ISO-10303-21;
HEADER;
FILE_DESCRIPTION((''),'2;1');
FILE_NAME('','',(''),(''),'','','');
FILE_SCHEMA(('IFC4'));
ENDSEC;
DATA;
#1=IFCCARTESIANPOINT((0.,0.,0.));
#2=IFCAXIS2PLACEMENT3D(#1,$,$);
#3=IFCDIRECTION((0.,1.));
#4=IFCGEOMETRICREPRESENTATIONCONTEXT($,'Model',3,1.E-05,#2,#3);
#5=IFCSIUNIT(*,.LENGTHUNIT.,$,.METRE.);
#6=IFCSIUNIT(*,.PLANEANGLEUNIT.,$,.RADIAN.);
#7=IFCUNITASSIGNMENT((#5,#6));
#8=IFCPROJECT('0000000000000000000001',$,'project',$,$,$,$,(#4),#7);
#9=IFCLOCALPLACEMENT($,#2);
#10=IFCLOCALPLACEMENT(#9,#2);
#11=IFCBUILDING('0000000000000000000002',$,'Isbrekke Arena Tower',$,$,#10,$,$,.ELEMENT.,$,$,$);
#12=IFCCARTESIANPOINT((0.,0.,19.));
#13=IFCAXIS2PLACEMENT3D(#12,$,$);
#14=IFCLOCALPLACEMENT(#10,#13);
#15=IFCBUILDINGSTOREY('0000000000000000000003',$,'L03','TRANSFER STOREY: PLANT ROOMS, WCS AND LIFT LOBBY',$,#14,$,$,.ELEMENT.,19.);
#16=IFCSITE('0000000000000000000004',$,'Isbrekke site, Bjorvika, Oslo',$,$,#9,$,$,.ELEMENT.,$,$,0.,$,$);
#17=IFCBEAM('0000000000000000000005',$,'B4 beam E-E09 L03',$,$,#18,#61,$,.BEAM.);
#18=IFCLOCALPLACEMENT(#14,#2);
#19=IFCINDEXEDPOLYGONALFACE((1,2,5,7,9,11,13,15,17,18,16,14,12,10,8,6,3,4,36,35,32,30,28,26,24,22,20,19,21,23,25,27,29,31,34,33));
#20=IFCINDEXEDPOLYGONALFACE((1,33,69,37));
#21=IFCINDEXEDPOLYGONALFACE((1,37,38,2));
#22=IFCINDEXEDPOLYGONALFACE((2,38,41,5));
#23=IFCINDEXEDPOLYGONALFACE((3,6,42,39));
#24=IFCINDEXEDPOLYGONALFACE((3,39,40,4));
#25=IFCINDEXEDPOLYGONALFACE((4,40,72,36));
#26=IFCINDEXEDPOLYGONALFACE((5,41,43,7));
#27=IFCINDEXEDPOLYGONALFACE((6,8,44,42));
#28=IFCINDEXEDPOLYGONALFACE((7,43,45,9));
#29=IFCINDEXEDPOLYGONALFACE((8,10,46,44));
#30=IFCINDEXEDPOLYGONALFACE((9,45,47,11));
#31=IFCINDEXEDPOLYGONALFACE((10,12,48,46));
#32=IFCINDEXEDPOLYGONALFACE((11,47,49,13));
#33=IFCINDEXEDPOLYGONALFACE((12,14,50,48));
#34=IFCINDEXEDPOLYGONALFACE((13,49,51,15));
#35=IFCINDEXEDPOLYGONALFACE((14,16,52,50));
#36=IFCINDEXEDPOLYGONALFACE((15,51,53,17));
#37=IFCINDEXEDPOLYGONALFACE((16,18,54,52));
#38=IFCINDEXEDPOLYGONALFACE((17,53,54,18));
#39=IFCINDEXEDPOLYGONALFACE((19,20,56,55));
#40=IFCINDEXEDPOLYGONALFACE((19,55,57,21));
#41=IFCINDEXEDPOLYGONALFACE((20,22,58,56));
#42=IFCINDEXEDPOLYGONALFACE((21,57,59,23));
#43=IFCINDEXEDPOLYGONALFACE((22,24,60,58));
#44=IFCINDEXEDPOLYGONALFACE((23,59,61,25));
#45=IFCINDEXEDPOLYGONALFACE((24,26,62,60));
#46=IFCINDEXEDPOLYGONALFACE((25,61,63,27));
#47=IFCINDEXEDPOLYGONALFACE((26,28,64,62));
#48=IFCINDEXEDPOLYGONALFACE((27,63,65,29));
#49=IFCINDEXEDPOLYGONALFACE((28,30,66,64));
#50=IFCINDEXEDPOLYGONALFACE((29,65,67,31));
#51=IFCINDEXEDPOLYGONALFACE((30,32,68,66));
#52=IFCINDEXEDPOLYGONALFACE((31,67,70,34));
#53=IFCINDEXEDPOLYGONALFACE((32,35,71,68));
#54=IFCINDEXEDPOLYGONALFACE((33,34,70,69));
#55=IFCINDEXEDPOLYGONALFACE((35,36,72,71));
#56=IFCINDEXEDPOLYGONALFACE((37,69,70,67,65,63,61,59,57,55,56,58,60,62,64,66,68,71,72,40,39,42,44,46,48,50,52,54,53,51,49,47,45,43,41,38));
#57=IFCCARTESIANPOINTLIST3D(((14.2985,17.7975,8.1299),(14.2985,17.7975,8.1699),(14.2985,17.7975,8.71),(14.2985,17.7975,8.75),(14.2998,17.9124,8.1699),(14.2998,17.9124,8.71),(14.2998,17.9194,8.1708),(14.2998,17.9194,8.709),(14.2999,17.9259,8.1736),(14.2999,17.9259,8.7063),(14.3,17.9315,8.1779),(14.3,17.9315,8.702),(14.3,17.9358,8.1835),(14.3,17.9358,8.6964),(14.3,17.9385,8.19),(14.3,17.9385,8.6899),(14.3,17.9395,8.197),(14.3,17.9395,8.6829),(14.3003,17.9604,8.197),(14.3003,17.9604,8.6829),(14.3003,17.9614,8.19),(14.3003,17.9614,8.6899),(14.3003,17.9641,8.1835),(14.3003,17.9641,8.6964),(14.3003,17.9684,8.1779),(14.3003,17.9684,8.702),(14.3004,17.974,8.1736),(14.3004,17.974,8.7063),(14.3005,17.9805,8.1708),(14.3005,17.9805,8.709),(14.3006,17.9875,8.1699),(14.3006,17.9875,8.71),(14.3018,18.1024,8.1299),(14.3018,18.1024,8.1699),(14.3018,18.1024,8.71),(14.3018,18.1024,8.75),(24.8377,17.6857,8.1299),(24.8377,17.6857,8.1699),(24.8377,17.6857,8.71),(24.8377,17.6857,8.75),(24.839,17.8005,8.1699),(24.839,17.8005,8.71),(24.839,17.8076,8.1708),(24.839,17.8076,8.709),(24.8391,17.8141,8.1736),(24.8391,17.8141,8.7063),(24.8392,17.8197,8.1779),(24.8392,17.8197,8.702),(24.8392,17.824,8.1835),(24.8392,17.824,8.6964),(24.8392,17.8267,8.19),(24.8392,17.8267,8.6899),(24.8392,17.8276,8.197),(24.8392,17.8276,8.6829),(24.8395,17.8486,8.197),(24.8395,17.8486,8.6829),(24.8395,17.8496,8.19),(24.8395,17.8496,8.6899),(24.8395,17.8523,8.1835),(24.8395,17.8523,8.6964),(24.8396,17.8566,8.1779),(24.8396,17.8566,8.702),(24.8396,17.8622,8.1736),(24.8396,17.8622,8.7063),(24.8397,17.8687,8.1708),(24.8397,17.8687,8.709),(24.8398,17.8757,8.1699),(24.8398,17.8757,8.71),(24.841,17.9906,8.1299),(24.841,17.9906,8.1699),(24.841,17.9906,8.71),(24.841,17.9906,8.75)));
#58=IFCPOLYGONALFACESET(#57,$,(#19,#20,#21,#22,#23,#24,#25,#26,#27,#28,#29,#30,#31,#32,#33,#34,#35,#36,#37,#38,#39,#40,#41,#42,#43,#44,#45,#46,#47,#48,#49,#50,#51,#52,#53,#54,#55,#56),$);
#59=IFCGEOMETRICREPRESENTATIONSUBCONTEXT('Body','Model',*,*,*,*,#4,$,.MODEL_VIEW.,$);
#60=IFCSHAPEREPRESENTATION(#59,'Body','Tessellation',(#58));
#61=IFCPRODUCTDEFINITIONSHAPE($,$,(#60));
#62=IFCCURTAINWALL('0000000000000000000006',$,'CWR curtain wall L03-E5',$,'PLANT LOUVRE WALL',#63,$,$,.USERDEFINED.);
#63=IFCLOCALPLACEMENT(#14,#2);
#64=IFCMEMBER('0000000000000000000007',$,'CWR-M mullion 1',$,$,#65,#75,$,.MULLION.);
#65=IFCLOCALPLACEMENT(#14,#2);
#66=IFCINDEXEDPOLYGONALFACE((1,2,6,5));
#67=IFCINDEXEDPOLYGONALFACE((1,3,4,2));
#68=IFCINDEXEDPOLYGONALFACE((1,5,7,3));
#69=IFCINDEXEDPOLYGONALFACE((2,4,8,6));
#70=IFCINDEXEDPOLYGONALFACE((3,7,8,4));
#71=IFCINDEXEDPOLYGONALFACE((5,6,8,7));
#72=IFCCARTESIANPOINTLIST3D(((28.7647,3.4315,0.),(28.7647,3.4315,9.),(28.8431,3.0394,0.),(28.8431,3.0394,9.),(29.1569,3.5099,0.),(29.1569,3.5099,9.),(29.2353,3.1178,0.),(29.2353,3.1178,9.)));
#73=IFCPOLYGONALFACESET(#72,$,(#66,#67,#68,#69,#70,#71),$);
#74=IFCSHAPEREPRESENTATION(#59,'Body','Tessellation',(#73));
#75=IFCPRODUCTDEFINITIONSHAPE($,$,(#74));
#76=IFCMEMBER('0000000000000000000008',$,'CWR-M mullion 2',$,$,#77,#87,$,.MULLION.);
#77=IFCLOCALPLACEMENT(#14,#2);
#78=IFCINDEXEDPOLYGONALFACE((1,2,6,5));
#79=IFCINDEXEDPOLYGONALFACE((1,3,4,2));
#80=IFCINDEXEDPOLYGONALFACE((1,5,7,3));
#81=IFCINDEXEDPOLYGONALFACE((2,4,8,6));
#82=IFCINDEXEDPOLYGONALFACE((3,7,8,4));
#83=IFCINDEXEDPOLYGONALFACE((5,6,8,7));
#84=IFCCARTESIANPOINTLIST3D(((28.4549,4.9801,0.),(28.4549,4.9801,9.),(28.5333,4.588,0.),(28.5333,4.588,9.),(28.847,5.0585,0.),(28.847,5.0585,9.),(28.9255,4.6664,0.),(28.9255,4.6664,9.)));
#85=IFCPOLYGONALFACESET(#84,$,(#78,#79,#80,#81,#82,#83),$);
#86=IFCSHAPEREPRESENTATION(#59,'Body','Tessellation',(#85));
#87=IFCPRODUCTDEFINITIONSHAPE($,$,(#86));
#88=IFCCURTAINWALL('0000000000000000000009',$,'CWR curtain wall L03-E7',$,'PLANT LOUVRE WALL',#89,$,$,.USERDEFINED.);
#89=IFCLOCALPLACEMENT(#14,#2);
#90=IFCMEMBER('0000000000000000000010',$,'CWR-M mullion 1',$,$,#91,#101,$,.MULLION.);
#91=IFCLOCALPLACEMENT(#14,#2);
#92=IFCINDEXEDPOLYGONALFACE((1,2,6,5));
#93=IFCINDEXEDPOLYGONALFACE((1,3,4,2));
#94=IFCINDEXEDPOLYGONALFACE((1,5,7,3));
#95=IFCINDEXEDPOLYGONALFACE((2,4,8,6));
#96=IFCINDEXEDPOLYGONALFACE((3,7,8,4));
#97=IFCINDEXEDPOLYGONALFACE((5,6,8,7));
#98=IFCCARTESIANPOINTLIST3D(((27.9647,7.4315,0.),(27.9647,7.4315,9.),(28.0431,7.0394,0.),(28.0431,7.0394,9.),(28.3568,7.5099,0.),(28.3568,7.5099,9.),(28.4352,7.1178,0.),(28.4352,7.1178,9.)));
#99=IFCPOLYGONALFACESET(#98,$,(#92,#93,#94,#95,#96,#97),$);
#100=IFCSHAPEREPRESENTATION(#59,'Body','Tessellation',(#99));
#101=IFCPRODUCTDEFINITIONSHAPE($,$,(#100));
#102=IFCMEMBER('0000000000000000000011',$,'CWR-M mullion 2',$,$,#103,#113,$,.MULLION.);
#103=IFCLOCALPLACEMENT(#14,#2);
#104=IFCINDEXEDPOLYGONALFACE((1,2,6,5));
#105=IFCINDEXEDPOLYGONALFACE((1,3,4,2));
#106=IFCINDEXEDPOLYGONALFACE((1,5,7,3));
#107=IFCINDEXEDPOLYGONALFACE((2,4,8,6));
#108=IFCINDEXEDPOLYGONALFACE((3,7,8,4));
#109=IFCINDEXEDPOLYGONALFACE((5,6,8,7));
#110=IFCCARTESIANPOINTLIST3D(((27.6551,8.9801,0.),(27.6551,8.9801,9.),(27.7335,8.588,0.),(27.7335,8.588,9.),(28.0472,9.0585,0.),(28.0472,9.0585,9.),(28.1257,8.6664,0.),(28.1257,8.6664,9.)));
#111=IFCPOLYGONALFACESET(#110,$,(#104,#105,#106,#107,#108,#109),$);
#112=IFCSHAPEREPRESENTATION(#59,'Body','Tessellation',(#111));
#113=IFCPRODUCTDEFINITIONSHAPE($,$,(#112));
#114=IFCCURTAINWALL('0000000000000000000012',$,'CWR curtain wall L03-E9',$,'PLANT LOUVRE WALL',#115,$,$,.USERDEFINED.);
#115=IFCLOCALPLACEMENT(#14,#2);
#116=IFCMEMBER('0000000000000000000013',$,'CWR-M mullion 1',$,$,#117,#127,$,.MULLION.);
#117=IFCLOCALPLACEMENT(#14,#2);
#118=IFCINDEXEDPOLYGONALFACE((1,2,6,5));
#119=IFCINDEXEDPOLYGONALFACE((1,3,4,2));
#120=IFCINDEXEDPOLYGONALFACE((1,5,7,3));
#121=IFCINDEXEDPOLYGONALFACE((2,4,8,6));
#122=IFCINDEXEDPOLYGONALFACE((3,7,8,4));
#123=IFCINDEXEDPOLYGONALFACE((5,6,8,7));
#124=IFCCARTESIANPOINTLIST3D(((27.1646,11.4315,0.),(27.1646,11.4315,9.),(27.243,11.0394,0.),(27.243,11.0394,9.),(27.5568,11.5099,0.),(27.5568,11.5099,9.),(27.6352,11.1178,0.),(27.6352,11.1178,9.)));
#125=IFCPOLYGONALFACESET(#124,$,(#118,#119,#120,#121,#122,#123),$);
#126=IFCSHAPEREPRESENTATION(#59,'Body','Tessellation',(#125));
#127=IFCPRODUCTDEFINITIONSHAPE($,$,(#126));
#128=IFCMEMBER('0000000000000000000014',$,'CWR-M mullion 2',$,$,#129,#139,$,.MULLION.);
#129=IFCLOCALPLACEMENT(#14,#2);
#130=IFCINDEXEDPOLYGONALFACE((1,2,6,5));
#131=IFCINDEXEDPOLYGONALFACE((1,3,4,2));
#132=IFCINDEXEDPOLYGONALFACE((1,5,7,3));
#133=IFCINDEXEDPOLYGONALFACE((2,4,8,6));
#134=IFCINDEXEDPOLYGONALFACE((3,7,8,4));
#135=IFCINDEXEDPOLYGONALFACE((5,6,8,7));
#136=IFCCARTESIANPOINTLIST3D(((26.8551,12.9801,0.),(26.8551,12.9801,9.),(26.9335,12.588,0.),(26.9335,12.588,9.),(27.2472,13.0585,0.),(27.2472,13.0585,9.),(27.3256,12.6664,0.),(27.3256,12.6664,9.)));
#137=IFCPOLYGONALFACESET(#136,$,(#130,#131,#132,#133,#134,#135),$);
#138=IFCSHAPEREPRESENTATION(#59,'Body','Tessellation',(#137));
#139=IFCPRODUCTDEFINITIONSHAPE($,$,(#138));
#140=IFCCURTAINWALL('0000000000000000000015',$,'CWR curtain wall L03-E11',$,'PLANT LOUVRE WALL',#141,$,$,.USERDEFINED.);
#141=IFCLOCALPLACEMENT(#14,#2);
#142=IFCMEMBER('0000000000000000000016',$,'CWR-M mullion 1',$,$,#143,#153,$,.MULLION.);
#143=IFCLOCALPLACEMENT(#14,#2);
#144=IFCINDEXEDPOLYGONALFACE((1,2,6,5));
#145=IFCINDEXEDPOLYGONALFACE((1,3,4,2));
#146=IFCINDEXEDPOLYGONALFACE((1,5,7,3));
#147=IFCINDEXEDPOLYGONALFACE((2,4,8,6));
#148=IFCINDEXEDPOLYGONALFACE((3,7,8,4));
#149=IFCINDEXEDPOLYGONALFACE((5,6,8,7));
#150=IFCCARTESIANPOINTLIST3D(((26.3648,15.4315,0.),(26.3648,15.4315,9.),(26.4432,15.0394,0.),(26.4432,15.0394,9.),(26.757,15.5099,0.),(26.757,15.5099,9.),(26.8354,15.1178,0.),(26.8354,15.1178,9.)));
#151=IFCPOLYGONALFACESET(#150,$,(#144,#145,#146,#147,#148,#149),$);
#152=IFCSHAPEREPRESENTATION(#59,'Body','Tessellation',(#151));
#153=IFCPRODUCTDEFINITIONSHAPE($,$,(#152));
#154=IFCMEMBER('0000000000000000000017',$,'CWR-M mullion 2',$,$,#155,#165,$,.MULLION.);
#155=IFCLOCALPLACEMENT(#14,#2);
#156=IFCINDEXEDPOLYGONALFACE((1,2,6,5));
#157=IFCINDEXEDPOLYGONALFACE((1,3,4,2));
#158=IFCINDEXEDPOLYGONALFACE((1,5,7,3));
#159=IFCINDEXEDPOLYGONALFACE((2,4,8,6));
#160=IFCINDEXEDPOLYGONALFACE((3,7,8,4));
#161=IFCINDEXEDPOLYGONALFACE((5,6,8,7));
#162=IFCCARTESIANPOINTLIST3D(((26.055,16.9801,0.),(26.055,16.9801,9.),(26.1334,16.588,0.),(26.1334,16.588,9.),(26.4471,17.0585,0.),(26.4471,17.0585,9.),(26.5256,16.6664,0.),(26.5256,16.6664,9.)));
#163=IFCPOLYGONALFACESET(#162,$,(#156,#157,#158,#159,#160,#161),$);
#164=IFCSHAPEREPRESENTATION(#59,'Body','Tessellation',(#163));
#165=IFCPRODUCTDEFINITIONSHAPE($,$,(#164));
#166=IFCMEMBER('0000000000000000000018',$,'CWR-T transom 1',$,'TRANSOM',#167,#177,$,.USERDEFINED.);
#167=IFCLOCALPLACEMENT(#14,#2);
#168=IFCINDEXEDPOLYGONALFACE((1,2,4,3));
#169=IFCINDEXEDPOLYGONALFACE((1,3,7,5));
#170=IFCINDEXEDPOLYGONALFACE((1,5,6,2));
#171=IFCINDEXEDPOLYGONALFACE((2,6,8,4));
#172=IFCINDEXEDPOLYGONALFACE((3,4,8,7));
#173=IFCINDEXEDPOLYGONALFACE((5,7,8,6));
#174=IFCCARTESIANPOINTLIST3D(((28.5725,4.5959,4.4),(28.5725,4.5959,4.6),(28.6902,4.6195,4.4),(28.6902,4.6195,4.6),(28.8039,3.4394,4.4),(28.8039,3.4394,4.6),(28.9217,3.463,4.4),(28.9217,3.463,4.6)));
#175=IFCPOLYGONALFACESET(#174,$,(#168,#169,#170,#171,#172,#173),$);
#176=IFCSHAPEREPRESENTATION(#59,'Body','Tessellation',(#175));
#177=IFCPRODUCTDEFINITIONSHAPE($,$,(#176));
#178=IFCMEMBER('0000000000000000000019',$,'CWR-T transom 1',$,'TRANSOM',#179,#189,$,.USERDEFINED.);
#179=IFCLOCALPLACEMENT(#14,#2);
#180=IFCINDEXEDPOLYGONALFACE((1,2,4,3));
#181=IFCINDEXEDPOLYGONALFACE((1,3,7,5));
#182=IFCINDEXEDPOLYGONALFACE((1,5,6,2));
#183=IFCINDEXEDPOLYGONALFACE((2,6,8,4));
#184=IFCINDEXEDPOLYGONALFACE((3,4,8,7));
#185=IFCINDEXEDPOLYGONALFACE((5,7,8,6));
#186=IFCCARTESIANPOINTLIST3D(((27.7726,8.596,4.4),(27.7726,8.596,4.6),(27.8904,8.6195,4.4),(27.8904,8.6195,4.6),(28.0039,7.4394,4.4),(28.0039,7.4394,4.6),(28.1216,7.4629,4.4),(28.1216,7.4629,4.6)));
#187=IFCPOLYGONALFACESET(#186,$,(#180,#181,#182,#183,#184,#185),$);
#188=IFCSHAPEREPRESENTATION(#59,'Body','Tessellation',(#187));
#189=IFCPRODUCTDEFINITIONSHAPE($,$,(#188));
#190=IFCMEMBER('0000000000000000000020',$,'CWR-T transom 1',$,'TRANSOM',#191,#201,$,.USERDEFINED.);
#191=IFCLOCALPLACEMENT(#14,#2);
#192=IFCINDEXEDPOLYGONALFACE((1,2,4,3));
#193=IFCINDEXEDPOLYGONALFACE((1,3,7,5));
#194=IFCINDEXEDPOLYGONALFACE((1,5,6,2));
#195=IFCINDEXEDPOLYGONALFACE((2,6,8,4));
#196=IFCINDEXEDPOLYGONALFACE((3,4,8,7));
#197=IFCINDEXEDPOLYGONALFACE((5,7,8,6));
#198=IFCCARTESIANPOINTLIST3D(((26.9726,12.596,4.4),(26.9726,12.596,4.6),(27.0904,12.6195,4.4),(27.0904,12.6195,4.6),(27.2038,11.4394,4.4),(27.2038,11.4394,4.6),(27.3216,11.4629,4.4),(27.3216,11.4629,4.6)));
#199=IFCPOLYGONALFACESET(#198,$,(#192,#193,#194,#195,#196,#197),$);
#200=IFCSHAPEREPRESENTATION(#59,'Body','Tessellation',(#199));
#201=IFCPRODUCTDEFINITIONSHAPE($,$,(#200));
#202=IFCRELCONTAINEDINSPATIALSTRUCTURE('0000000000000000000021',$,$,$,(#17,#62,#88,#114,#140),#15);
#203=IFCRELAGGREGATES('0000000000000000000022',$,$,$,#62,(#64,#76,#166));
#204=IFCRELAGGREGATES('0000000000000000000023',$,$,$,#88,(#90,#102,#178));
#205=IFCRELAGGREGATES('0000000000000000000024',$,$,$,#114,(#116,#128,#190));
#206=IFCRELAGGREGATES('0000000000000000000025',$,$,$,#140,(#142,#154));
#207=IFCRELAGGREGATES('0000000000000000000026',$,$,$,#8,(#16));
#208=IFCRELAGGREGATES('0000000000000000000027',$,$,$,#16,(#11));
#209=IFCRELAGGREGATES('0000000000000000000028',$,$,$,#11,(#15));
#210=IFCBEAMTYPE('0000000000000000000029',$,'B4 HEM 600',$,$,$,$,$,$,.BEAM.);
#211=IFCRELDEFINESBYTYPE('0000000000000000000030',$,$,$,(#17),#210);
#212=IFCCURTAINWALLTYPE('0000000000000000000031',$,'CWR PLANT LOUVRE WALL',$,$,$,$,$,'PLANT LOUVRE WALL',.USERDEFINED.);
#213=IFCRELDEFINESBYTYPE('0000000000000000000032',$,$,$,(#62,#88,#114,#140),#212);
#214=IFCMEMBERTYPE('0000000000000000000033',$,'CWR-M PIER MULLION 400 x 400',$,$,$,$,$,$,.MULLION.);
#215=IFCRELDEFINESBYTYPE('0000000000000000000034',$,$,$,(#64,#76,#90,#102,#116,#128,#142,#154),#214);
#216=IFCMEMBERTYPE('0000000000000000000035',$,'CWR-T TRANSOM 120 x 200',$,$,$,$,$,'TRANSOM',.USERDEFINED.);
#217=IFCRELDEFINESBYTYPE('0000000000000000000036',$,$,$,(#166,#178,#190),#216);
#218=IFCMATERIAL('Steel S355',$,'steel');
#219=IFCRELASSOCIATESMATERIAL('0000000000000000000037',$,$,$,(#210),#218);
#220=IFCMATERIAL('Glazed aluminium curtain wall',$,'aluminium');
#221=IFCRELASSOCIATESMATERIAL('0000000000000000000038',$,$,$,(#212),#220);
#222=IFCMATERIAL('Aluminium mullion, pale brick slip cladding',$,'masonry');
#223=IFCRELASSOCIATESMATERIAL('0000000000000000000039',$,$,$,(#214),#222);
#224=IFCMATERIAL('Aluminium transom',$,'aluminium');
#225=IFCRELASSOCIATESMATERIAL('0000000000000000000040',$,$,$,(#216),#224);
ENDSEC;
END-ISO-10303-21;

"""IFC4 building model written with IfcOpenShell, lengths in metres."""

from ifc_helpers import new_model, si_unit, direction, frame, origin, origin_2d, place, context, subcontext, project, spatial, rectangle, i_section, extrude, material, material_profile, profile_set, type_object, element, aggregate, save


model = new_model("IFC4")

# Units and contexts
model_context = context("Model", 3, precision=1e-05, world=origin(), true_north=direction((0.0, 1.0)))
body_context = subcontext(model_context, "Body", "Model", "MODEL_VIEW")
ifc_project = project(units=[si_unit("LENGTHUNIT", "METRE"), si_unit("PLANEANGLEUNIT", "RADIAN")], contexts=[model_context])

# Site, building, storey
site_placement = place(None, origin())
site = spatial("IfcSite", under=ifc_project, at=site_placement, Name="Isbrekke site, Bjorvika, Oslo", CompositionType="ELEMENT", RefElevation=0.0)
building_placement = place(site_placement, origin())
building = spatial("IfcBuilding", under=site, at=building_placement, Name="Isbrekke Arena Tower", CompositionType="ELEMENT")
storey_placement = place(building_placement, frame((0.0, 0.0, 19.0)))
storey = spatial("IfcBuildingStorey", under=building, at=storey_placement, Name="L03", Description="TRANSFER STOREY: PLANT ROOMS, WCS AND LIFT LOBBY", CompositionType="ELEMENT", Elevation=19.0)

# Beam
ifc_material_1 = material(Name="Steel S355", Category="steel")
ifc_material_profile_1 = material_profile(ifc_material_1, i_section(OverallWidth=0.3049, OverallDepth=0.6201, WebThickness=0.021, FlangeThickness=0.04, FilletRadius=0.0271, at=origin_2d()), Name="HEM 600")
ifc_profile_set_1 = profile_set([ifc_material_profile_1], Name="Steel S355")
beam_type_1 = type_object("IfcBeamType", Name="B4 HEM 600", PredefinedType="BEAM", material=ifc_profile_set_1)
beam_1_placement = place(storey_placement, frame((24.8394, 17.8381, 8.4399), z_axis=(-0.999944, 0.010609, 0.0), x_axis=(-0.010609, -0.999944, 0.0)))
element("IfcBeam", 1, at=beam_1_placement, inside=storey, type_object=beam_type_1, Name="B4 beam E-E09 L03", PredefinedType="BEAM", context=body_context, shape_type="SweptSolid", body=[
    extrude(i_section(OverallWidth=0.3049, OverallDepth=0.6201, WebThickness=0.021, FlangeThickness=0.04, FilletRadius=0.0271, at=origin_2d()), origin(), (0.0, 0.0, 1.0), 10.5398),
])

# Curtain walls, members
ifc_material_2 = material(Name="Glazed aluminium curtain wall", Category="aluminium")
curtain_wall_type = type_object("IfcCurtainWallType", Name="CWR PLANT LOUVRE WALL", ElementType="PLANT LOUVRE WALL", PredefinedType="USERDEFINED", material=ifc_material_2)
curtain_wall_1_placement = place(storey_placement, origin())
curtain_wall_1 = element("IfcCurtainWall", 2, at=curtain_wall_1_placement, inside=storey, type_object=curtain_wall_type, Name="CWR curtain wall L03-E5", ObjectType="PLANT LOUVRE WALL", PredefinedType="USERDEFINED")
ifc_material_3 = material(Name="Aluminium mullion, pale brick slip cladding", Category="masonry")
ifc_material_profile_2 = material_profile(ifc_material_3, rectangle(XDim=0.3999, YDim=0.3999, at=origin_2d()), Name="PIER 400X400")
ifc_profile_set_2 = profile_set([ifc_material_profile_2], Name="Aluminium mullion, pale brick slip cladding")
member_type_1 = type_object("IfcMemberType", Name="CWR-M PIER MULLION 400 x 400", PredefinedType="MULLION", material=ifc_profile_set_2)
member_1_placement = place(storey_placement, frame((29.0, 3.2747, 0.0), z_axis=(0.0, 0.0, 1.0), x_axis=(-0.196116, 0.980581, 0.0)))
member_1 = element("IfcMember", 3, at=member_1_placement, type_object=member_type_1, Name="CWR-M mullion 1", PredefinedType="MULLION", context=body_context, shape_type="SweptSolid", body=[
    extrude(rectangle(XDim=0.3999, YDim=0.3999, at=origin_2d()), origin(), (0.0, 0.0, 1.0), 9.0),
])
member_2_placement = place(storey_placement, frame((28.6902, 4.8232, 0.0), z_axis=(0.0, 0.0, 1.0), x_axis=(-0.196116, 0.980581, 0.0)))
member_2 = element("IfcMember", 4, at=member_2_placement, type_object=member_type_1, Name="CWR-M mullion 2", PredefinedType="MULLION", context=body_context, shape_type="SweptSolid", body=[
    extrude(rectangle(XDim=0.3999, YDim=0.3999, at=origin_2d()), origin(), (0.0, 0.0, 1.0), 9.0),
])
curtain_wall_2_placement = place(storey_placement, origin())
curtain_wall_2 = element("IfcCurtainWall", 5, at=curtain_wall_2_placement, inside=storey, type_object=curtain_wall_type, Name="CWR curtain wall L03-E7", ObjectType="PLANT LOUVRE WALL", PredefinedType="USERDEFINED")
member_3_placement = place(storey_placement, frame((28.2, 7.2747, 0.0), z_axis=(0.0, 0.0, 1.0), x_axis=(-0.196116, 0.980581, 0.0)))
member_3 = element("IfcMember", 6, at=member_3_placement, type_object=member_type_1, Name="CWR-M mullion 1", PredefinedType="MULLION", context=body_context, shape_type="SweptSolid", body=[
    extrude(rectangle(XDim=0.3999, YDim=0.3999, at=origin_2d()), origin(), (0.0, 0.0, 1.0), 9.0),
])
member_4_placement = place(storey_placement, frame((27.8904, 8.8232, 0.0), z_axis=(0.0, 0.0, 1.0), x_axis=(-0.196116, 0.980581, 0.0)))
member_4 = element("IfcMember", 7, at=member_4_placement, type_object=member_type_1, Name="CWR-M mullion 2", PredefinedType="MULLION", context=body_context, shape_type="SweptSolid", body=[
    extrude(rectangle(XDim=0.3999, YDim=0.3999, at=origin_2d()), origin(), (0.0, 0.0, 1.0), 9.0),
])
curtain_wall_3_placement = place(storey_placement, origin())
curtain_wall_3 = element("IfcCurtainWall", 8, at=curtain_wall_3_placement, inside=storey, type_object=curtain_wall_type, Name="CWR curtain wall L03-E9", ObjectType="PLANT LOUVRE WALL", PredefinedType="USERDEFINED")
member_5_placement = place(storey_placement, frame((27.3999, 11.2747, 0.0), z_axis=(0.0, 0.0, 1.0), x_axis=(-0.196116, 0.980581, 0.0)))
member_5 = element("IfcMember", 9, at=member_5_placement, type_object=member_type_1, Name="CWR-M mullion 1", PredefinedType="MULLION", context=body_context, shape_type="SweptSolid", body=[
    extrude(rectangle(XDim=0.3999, YDim=0.3999, at=origin_2d()), origin(), (0.0, 0.0, 1.0), 9.0),
])
member_6_placement = place(storey_placement, frame((27.0903, 12.8232, 0.0), z_axis=(0.0, 0.0, 1.0), x_axis=(-0.196116, 0.980581, 0.0)))
member_6 = element("IfcMember", 10, at=member_6_placement, type_object=member_type_1, Name="CWR-M mullion 2", PredefinedType="MULLION", context=body_context, shape_type="SweptSolid", body=[
    extrude(rectangle(XDim=0.3999, YDim=0.3999, at=origin_2d()), origin(), (0.0, 0.0, 1.0), 9.0),
])
curtain_wall_4_placement = place(storey_placement, origin())
curtain_wall_4 = element("IfcCurtainWall", 11, at=curtain_wall_4_placement, inside=storey, type_object=curtain_wall_type, Name="CWR curtain wall L03-E11", ObjectType="PLANT LOUVRE WALL", PredefinedType="USERDEFINED")
member_7_placement = place(storey_placement, frame((26.6001, 15.2747, 0.0), z_axis=(0.0, 0.0, 1.0), x_axis=(-0.196116, 0.980581, 0.0)))
member_7 = element("IfcMember", 12, at=member_7_placement, type_object=member_type_1, Name="CWR-M mullion 1", PredefinedType="MULLION", context=body_context, shape_type="SweptSolid", body=[
    extrude(rectangle(XDim=0.3999, YDim=0.3999, at=origin_2d()), origin(), (0.0, 0.0, 1.0), 9.0),
])
member_8_placement = place(storey_placement, frame((26.2903, 16.8232, 0.0), z_axis=(0.0, 0.0, 1.0), x_axis=(-0.196116, 0.980581, 0.0)))
member_8 = element("IfcMember", 13, at=member_8_placement, type_object=member_type_1, Name="CWR-M mullion 2", PredefinedType="MULLION", context=body_context, shape_type="SweptSolid", body=[
    extrude(rectangle(XDim=0.3999, YDim=0.3999, at=origin_2d()), origin(), (0.0, 0.0, 1.0), 9.0),
])

# Members
ifc_material_4 = material(Name="Aluminium transom", Category="aluminium")
ifc_material_profile_3 = material_profile(ifc_material_4, rectangle(XDim=0.1201, YDim=0.2, at=origin_2d()), Name="TRANSOM 120X200")
ifc_profile_set_3 = profile_set([ifc_material_profile_3], Name="Aluminium transom")
member_type_2 = type_object("IfcMemberType", Name="CWR-T TRANSOM 120 x 200", ElementType="TRANSOM", PredefinedType="USERDEFINED", material=ifc_profile_set_3)
member_9_placement = place(storey_placement, frame((28.8628, 3.4512, 4.5), z_axis=(-0.196236, 0.980557, 0.0), x_axis=(-0.980557, -0.196236, 0.0)))
member_9 = element("IfcMember", 14, at=member_9_placement, type_object=member_type_2, Name="CWR-T transom 1", ObjectType="TRANSOM", PredefinedType="USERDEFINED", context=body_context, shape_type="SweptSolid", body=[
    extrude(rectangle(XDim=0.1201, YDim=0.2, at=origin_2d()), origin(), (0.0, 0.0, 1.0), 1.1794),
])
member_10_placement = place(storey_placement, frame((28.0627, 7.4512, 4.5), z_axis=(-0.196037, 0.980597, 0.0), x_axis=(-0.980597, -0.196037, 0.0)))
member_10 = element("IfcMember", 15, at=member_10_placement, type_object=member_type_2, Name="CWR-T transom 1", ObjectType="TRANSOM", PredefinedType="USERDEFINED", context=body_context, shape_type="SweptSolid", body=[
    extrude(rectangle(XDim=0.1201, YDim=0.2, at=origin_2d()), origin(), (0.0, 0.0, 1.0), 1.1794),
])
member_11_placement = place(storey_placement, frame((27.2627, 11.4512, 4.5), z_axis=(-0.196037, 0.980597, 0.0), x_axis=(-0.980597, -0.196037, 0.0)))
member_11 = element("IfcMember", 16, at=member_11_placement, type_object=member_type_2, Name="CWR-T transom 1", ObjectType="TRANSOM", PredefinedType="USERDEFINED", context=body_context, shape_type="SweptSolid", body=[
    extrude(rectangle(XDim=0.1201, YDim=0.2, at=origin_2d()), origin(), (0.0, 0.0, 1.0), 1.1794),
])

aggregate(curtain_wall_1, [member_1, member_2, member_9])
aggregate(curtain_wall_2, [member_3, member_4, member_10])
aggregate(curtain_wall_3, [member_5, member_6, member_11])
aggregate(curtain_wall_4, [member_7, member_8])

save(model, "model.ifc")
